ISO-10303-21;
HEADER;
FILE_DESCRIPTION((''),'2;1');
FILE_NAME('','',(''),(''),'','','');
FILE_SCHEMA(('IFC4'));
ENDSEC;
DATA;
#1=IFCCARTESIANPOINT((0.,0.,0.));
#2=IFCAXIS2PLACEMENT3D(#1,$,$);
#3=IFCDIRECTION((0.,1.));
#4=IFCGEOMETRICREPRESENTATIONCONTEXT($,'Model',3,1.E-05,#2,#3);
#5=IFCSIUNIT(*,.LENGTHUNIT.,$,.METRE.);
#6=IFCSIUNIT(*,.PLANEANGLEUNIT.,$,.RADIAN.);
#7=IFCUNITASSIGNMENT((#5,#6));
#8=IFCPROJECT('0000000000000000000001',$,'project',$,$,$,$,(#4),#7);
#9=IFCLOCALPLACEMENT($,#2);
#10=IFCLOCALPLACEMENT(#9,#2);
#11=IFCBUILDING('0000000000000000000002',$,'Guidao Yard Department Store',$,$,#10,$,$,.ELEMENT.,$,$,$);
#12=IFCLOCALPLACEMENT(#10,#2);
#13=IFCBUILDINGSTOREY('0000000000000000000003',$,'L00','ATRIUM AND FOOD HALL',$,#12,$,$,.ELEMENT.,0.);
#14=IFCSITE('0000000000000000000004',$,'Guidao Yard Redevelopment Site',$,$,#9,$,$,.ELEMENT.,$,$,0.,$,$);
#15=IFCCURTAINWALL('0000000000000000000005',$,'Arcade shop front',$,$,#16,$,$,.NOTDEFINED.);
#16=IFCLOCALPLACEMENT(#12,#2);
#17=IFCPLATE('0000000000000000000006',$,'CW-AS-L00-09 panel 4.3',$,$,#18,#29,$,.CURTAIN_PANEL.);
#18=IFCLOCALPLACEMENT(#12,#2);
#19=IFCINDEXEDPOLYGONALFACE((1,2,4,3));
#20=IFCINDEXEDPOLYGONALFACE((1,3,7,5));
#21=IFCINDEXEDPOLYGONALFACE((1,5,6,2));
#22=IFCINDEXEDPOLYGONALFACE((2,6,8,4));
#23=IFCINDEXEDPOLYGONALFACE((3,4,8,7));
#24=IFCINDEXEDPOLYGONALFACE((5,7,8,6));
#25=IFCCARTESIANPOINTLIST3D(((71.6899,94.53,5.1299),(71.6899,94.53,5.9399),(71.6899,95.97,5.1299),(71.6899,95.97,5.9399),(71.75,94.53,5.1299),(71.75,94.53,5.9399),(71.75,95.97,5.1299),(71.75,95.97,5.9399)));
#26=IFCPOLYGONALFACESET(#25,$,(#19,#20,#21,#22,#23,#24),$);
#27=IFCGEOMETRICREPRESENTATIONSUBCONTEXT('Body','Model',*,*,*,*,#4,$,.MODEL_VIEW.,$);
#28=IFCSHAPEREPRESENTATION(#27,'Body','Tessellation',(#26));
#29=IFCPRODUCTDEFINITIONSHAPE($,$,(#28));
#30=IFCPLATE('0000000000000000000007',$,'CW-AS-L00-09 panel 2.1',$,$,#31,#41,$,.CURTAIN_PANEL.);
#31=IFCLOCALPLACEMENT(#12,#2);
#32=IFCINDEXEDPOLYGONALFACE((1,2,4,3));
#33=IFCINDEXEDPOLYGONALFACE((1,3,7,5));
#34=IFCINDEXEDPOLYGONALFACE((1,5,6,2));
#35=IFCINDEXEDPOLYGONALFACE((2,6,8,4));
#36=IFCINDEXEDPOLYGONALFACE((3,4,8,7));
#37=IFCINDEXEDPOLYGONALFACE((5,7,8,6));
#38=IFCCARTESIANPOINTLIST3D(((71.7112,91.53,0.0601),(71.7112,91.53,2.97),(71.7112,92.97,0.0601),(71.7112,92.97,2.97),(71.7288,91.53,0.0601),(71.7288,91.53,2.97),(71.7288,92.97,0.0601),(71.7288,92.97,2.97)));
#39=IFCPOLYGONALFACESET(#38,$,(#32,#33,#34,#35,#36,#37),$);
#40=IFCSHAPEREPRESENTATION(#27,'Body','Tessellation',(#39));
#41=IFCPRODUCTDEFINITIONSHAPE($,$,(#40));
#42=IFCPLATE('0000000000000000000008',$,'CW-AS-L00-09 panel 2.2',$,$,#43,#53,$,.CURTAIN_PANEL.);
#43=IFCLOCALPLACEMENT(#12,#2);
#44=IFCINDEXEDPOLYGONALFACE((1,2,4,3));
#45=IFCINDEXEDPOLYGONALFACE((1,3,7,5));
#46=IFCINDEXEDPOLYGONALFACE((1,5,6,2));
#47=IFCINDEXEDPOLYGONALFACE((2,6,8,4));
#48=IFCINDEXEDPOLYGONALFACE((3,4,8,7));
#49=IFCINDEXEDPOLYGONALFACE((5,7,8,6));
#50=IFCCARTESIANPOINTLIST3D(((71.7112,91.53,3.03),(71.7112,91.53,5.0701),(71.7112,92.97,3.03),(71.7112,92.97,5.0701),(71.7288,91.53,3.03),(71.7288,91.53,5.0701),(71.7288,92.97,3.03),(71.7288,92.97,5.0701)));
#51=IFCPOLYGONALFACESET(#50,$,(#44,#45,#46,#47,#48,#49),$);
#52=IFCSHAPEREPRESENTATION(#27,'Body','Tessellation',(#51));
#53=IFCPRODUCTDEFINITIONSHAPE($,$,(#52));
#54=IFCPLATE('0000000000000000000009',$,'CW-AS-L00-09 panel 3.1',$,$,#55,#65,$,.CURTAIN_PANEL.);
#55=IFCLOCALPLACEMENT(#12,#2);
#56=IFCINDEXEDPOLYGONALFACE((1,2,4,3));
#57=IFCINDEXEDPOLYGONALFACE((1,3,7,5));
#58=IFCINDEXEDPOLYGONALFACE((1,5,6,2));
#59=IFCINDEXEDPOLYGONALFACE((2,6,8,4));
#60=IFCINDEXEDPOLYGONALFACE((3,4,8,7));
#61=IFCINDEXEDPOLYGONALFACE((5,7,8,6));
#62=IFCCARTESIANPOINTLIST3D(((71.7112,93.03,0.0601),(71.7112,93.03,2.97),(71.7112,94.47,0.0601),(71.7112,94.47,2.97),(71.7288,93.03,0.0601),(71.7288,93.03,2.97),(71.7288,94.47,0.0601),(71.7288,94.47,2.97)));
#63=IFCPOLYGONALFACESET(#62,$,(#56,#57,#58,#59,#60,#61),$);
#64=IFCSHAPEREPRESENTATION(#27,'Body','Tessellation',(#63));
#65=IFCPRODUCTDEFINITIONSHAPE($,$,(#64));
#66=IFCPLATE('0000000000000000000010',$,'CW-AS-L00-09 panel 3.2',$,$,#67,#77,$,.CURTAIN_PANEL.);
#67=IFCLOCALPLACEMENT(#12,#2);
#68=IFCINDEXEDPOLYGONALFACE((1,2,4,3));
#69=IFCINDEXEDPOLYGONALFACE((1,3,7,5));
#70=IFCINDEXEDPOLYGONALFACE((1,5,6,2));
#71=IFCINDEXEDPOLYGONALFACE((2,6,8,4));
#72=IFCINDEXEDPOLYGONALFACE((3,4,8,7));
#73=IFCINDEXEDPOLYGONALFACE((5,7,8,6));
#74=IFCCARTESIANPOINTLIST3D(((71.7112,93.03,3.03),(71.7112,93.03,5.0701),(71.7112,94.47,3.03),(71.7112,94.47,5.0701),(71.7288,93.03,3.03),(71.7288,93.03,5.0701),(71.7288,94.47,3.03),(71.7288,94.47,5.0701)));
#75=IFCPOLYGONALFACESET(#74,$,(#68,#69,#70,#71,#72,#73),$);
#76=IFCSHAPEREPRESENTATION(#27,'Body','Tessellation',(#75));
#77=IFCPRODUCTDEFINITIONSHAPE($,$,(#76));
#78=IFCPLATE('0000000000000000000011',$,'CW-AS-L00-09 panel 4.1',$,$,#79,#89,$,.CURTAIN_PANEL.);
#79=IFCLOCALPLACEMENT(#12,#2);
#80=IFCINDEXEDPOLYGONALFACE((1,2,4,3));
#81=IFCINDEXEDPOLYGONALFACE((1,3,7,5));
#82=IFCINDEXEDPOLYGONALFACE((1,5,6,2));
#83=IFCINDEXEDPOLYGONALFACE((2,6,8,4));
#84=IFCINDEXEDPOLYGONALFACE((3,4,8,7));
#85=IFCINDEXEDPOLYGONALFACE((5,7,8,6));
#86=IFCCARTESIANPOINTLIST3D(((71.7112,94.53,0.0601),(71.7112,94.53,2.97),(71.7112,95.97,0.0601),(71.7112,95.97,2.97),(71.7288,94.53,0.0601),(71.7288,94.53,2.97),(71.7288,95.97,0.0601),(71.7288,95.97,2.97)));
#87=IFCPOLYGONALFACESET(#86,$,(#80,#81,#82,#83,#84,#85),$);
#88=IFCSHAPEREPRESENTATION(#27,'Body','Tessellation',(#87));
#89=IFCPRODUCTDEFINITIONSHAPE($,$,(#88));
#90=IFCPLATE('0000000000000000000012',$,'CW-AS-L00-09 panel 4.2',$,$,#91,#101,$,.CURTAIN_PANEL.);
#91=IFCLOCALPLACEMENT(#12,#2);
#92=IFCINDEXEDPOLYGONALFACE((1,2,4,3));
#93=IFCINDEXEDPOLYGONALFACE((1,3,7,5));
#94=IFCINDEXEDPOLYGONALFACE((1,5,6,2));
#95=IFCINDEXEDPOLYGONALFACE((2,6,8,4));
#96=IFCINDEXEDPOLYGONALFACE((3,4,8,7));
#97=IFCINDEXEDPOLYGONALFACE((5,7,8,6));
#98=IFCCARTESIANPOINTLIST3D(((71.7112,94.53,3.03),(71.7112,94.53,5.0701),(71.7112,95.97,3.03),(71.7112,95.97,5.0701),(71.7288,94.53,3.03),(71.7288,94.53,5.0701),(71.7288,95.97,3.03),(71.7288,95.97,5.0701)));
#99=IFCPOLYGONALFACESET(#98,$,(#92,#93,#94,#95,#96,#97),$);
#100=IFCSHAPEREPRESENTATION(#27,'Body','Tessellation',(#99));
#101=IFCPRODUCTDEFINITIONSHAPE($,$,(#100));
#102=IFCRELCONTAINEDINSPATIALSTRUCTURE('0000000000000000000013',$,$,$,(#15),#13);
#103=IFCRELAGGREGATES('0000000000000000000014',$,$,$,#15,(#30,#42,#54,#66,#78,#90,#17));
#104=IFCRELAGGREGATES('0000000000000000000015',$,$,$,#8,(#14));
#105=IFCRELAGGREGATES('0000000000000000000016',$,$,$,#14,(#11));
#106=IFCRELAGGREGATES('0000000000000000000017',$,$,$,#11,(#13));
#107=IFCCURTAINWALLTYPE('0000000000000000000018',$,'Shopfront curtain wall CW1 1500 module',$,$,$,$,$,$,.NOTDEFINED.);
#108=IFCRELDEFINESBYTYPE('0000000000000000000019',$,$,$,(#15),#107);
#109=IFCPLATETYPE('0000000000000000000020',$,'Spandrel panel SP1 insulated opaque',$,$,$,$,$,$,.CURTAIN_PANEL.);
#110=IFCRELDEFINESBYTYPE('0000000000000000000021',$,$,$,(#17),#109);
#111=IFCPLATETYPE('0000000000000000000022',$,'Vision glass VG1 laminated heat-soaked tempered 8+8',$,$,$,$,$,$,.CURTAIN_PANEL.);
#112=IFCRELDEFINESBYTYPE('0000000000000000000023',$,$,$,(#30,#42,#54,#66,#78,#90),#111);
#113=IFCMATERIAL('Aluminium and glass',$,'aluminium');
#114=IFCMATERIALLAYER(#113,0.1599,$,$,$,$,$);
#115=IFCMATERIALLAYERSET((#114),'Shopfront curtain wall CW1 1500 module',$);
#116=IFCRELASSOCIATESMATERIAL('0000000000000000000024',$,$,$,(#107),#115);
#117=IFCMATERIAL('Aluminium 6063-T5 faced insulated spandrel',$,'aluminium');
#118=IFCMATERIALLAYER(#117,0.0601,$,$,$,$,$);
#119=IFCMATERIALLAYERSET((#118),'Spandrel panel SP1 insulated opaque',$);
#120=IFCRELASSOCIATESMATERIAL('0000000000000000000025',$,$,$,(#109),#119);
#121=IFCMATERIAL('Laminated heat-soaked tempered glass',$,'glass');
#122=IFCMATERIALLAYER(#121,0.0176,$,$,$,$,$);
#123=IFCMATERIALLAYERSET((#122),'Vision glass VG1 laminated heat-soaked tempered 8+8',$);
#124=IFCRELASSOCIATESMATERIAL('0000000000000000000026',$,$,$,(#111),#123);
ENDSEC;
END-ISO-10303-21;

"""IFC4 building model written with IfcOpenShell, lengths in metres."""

from ifc_helpers import new_model, si_unit, direction, frame, origin, origin_2d, place, context, subcontext, project, spatial, rectangle, extrude, material, layer, layer_set, type_object, element, aggregate, save


model = new_model("IFC4")

# Units and contexts
model_context = context("Model", 3, precision=1e-05, world=origin(), true_north=direction((0.0, 1.0)))
body_context = subcontext(model_context, "Body", "Model", "MODEL_VIEW")
ifc_project = project(units=[si_unit("LENGTHUNIT", "METRE"), si_unit("PLANEANGLEUNIT", "RADIAN")], contexts=[model_context])

# Site, building, storey
site_placement = place(None, origin())
site = spatial("IfcSite", under=ifc_project, at=site_placement, Name="Guidao Yard Redevelopment Site", CompositionType="ELEMENT", RefElevation=0.0)
building_placement = place(site_placement, origin())
building = spatial("IfcBuilding", under=site, at=building_placement, Name="Guidao Yard Department Store", CompositionType="ELEMENT")
storey_placement = place(building_placement, origin())
storey = spatial("IfcBuildingStorey", under=building, at=storey_placement, Name="L00", Description="ATRIUM AND FOOD HALL", CompositionType="ELEMENT", Elevation=0.0)

# Curtain wall, plates
ifc_material_1 = material(Name="Aluminium and glass", Category="aluminium")
ifc_layer_1 = layer(ifc_material_1, 0.1599)
ifc_layer_set_1 = layer_set([ifc_layer_1], Name="Shopfront curtain wall CW1 1500 module")
curtain_wall_type = type_object("IfcCurtainWallType", Name="Shopfront curtain wall CW1 1500 module", PredefinedType="NOTDEFINED", material=ifc_layer_set_1)
curtain_wall_placement = place(storey_placement, origin())
curtain_wall = element("IfcCurtainWall", 1, at=curtain_wall_placement, inside=storey, type_object=curtain_wall_type, Name="Arcade shop front", PredefinedType="NOTDEFINED")
ifc_material_2 = material(Name="Aluminium 6063-T5 faced insulated spandrel", Category="aluminium")
ifc_layer_2 = layer(ifc_material_2, 0.0601)
ifc_layer_set_2 = layer_set([ifc_layer_2], Name="Spandrel panel SP1 insulated opaque")
plate_type_1 = type_object("IfcPlateType", Name="Spandrel panel SP1 insulated opaque", PredefinedType="CURTAIN_PANEL", material=ifc_layer_set_2)
plate_1_placement = place(storey_placement, frame((71.72, 95.25, 5.1299), z_axis=(0.0, 0.0, 1.0), x_axis=(0.0, 1.0, 0.0)))
plate_1 = element("IfcPlate", 2, at=plate_1_placement, type_object=plate_type_1, Name="CW-AS-L00-09 panel 4.3", PredefinedType="CURTAIN_PANEL", context=body_context, shape_type="SweptSolid", body=[
    extrude(rectangle(XDim=1.4399, YDim=0.0601, at=origin_2d()), origin(), (0.0, 0.0, 1.0), 0.8101),
])
ifc_material_3 = material(Name="Laminated heat-soaked tempered glass", Category="glass")
ifc_layer_3 = layer(ifc_material_3, 0.0176)
ifc_layer_set_3 = layer_set([ifc_layer_3], Name="Vision glass VG1 laminated heat-soaked tempered 8+8")
plate_type_2 = type_object("IfcPlateType", Name="Vision glass VG1 laminated heat-soaked tempered 8+8", PredefinedType="CURTAIN_PANEL", material=ifc_layer_set_3)
plate_2_placement = place(storey_placement, frame((71.72, 92.25, 0.0601), z_axis=(0.0, 0.0, 1.0), x_axis=(0.0, 1.0, 0.0)))
plate_2 = element("IfcPlate", 3, at=plate_2_placement, type_object=plate_type_2, Name="CW-AS-L00-09 panel 2.1", PredefinedType="CURTAIN_PANEL", context=body_context, shape_type="SweptSolid", body=[
    extrude(rectangle(XDim=1.4399, YDim=0.0176, at=origin_2d()), origin(), (0.0, 0.0, 1.0), 2.9099),
])
plate_3_placement = place(storey_placement, frame((71.72, 92.25, 3.03), z_axis=(0.0, 0.0, 1.0), x_axis=(0.0, 1.0, 0.0)))
plate_3 = element("IfcPlate", 4, at=plate_3_placement, type_object=plate_type_2, Name="CW-AS-L00-09 panel 2.2", PredefinedType="CURTAIN_PANEL", context=body_context, shape_type="SweptSolid", body=[
    extrude(rectangle(XDim=1.4399, YDim=0.0176, at=origin_2d()), origin(), (0.0, 0.0, 1.0), 2.04),
])
plate_4_placement = place(storey_placement, frame((71.72, 93.75, 0.0601), z_axis=(0.0, 0.0, 1.0), x_axis=(0.0, 1.0, 0.0)))
plate_4 = element("IfcPlate", 5, at=plate_4_placement, type_object=plate_type_2, Name="CW-AS-L00-09 panel 3.1", PredefinedType="CURTAIN_PANEL", context=body_context, shape_type="SweptSolid", body=[
    extrude(rectangle(XDim=1.4399, YDim=0.0176, at=origin_2d()), origin(), (0.0, 0.0, 1.0), 2.9099),
])
plate_5_placement = place(storey_placement, frame((71.72, 93.75, 3.03), z_axis=(0.0, 0.0, 1.0), x_axis=(0.0, 1.0, 0.0)))
plate_5 = element("IfcPlate", 6, at=plate_5_placement, type_object=plate_type_2, Name="CW-AS-L00-09 panel 3.2", PredefinedType="CURTAIN_PANEL", context=body_context, shape_type="SweptSolid", body=[
    extrude(rectangle(XDim=1.4399, YDim=0.0176, at=origin_2d()), origin(), (0.0, 0.0, 1.0), 2.04),
])
plate_6_placement = place(storey_placement, frame((71.72, 95.25, 0.0601), z_axis=(0.0, 0.0, 1.0), x_axis=(0.0, 1.0, 0.0)))
plate_6 = element("IfcPlate", 7, at=plate_6_placement, type_object=plate_type_2, Name="CW-AS-L00-09 panel 4.1", PredefinedType="CURTAIN_PANEL", context=body_context, shape_type="SweptSolid", body=[
    extrude(rectangle(XDim=1.4399, YDim=0.0176, at=origin_2d()), origin(), (0.0, 0.0, 1.0), 2.9099),
])
plate_7_placement = place(storey_placement, frame((71.72, 95.25, 3.03), z_axis=(0.0, 0.0, 1.0), x_axis=(0.0, 1.0, 0.0)))
plate_7 = element("IfcPlate", 8, at=plate_7_placement, type_object=plate_type_2, Name="CW-AS-L00-09 panel 4.2", PredefinedType="CURTAIN_PANEL", context=body_context, shape_type="SweptSolid", body=[
    extrude(rectangle(XDim=1.4399, YDim=0.0176, at=origin_2d()), origin(), (0.0, 0.0, 1.0), 2.04),
])
aggregate(curtain_wall, [plate_2, plate_3, plate_4, plate_5, plate_6, plate_7, plate_1])

save(model, "model.ifc")
